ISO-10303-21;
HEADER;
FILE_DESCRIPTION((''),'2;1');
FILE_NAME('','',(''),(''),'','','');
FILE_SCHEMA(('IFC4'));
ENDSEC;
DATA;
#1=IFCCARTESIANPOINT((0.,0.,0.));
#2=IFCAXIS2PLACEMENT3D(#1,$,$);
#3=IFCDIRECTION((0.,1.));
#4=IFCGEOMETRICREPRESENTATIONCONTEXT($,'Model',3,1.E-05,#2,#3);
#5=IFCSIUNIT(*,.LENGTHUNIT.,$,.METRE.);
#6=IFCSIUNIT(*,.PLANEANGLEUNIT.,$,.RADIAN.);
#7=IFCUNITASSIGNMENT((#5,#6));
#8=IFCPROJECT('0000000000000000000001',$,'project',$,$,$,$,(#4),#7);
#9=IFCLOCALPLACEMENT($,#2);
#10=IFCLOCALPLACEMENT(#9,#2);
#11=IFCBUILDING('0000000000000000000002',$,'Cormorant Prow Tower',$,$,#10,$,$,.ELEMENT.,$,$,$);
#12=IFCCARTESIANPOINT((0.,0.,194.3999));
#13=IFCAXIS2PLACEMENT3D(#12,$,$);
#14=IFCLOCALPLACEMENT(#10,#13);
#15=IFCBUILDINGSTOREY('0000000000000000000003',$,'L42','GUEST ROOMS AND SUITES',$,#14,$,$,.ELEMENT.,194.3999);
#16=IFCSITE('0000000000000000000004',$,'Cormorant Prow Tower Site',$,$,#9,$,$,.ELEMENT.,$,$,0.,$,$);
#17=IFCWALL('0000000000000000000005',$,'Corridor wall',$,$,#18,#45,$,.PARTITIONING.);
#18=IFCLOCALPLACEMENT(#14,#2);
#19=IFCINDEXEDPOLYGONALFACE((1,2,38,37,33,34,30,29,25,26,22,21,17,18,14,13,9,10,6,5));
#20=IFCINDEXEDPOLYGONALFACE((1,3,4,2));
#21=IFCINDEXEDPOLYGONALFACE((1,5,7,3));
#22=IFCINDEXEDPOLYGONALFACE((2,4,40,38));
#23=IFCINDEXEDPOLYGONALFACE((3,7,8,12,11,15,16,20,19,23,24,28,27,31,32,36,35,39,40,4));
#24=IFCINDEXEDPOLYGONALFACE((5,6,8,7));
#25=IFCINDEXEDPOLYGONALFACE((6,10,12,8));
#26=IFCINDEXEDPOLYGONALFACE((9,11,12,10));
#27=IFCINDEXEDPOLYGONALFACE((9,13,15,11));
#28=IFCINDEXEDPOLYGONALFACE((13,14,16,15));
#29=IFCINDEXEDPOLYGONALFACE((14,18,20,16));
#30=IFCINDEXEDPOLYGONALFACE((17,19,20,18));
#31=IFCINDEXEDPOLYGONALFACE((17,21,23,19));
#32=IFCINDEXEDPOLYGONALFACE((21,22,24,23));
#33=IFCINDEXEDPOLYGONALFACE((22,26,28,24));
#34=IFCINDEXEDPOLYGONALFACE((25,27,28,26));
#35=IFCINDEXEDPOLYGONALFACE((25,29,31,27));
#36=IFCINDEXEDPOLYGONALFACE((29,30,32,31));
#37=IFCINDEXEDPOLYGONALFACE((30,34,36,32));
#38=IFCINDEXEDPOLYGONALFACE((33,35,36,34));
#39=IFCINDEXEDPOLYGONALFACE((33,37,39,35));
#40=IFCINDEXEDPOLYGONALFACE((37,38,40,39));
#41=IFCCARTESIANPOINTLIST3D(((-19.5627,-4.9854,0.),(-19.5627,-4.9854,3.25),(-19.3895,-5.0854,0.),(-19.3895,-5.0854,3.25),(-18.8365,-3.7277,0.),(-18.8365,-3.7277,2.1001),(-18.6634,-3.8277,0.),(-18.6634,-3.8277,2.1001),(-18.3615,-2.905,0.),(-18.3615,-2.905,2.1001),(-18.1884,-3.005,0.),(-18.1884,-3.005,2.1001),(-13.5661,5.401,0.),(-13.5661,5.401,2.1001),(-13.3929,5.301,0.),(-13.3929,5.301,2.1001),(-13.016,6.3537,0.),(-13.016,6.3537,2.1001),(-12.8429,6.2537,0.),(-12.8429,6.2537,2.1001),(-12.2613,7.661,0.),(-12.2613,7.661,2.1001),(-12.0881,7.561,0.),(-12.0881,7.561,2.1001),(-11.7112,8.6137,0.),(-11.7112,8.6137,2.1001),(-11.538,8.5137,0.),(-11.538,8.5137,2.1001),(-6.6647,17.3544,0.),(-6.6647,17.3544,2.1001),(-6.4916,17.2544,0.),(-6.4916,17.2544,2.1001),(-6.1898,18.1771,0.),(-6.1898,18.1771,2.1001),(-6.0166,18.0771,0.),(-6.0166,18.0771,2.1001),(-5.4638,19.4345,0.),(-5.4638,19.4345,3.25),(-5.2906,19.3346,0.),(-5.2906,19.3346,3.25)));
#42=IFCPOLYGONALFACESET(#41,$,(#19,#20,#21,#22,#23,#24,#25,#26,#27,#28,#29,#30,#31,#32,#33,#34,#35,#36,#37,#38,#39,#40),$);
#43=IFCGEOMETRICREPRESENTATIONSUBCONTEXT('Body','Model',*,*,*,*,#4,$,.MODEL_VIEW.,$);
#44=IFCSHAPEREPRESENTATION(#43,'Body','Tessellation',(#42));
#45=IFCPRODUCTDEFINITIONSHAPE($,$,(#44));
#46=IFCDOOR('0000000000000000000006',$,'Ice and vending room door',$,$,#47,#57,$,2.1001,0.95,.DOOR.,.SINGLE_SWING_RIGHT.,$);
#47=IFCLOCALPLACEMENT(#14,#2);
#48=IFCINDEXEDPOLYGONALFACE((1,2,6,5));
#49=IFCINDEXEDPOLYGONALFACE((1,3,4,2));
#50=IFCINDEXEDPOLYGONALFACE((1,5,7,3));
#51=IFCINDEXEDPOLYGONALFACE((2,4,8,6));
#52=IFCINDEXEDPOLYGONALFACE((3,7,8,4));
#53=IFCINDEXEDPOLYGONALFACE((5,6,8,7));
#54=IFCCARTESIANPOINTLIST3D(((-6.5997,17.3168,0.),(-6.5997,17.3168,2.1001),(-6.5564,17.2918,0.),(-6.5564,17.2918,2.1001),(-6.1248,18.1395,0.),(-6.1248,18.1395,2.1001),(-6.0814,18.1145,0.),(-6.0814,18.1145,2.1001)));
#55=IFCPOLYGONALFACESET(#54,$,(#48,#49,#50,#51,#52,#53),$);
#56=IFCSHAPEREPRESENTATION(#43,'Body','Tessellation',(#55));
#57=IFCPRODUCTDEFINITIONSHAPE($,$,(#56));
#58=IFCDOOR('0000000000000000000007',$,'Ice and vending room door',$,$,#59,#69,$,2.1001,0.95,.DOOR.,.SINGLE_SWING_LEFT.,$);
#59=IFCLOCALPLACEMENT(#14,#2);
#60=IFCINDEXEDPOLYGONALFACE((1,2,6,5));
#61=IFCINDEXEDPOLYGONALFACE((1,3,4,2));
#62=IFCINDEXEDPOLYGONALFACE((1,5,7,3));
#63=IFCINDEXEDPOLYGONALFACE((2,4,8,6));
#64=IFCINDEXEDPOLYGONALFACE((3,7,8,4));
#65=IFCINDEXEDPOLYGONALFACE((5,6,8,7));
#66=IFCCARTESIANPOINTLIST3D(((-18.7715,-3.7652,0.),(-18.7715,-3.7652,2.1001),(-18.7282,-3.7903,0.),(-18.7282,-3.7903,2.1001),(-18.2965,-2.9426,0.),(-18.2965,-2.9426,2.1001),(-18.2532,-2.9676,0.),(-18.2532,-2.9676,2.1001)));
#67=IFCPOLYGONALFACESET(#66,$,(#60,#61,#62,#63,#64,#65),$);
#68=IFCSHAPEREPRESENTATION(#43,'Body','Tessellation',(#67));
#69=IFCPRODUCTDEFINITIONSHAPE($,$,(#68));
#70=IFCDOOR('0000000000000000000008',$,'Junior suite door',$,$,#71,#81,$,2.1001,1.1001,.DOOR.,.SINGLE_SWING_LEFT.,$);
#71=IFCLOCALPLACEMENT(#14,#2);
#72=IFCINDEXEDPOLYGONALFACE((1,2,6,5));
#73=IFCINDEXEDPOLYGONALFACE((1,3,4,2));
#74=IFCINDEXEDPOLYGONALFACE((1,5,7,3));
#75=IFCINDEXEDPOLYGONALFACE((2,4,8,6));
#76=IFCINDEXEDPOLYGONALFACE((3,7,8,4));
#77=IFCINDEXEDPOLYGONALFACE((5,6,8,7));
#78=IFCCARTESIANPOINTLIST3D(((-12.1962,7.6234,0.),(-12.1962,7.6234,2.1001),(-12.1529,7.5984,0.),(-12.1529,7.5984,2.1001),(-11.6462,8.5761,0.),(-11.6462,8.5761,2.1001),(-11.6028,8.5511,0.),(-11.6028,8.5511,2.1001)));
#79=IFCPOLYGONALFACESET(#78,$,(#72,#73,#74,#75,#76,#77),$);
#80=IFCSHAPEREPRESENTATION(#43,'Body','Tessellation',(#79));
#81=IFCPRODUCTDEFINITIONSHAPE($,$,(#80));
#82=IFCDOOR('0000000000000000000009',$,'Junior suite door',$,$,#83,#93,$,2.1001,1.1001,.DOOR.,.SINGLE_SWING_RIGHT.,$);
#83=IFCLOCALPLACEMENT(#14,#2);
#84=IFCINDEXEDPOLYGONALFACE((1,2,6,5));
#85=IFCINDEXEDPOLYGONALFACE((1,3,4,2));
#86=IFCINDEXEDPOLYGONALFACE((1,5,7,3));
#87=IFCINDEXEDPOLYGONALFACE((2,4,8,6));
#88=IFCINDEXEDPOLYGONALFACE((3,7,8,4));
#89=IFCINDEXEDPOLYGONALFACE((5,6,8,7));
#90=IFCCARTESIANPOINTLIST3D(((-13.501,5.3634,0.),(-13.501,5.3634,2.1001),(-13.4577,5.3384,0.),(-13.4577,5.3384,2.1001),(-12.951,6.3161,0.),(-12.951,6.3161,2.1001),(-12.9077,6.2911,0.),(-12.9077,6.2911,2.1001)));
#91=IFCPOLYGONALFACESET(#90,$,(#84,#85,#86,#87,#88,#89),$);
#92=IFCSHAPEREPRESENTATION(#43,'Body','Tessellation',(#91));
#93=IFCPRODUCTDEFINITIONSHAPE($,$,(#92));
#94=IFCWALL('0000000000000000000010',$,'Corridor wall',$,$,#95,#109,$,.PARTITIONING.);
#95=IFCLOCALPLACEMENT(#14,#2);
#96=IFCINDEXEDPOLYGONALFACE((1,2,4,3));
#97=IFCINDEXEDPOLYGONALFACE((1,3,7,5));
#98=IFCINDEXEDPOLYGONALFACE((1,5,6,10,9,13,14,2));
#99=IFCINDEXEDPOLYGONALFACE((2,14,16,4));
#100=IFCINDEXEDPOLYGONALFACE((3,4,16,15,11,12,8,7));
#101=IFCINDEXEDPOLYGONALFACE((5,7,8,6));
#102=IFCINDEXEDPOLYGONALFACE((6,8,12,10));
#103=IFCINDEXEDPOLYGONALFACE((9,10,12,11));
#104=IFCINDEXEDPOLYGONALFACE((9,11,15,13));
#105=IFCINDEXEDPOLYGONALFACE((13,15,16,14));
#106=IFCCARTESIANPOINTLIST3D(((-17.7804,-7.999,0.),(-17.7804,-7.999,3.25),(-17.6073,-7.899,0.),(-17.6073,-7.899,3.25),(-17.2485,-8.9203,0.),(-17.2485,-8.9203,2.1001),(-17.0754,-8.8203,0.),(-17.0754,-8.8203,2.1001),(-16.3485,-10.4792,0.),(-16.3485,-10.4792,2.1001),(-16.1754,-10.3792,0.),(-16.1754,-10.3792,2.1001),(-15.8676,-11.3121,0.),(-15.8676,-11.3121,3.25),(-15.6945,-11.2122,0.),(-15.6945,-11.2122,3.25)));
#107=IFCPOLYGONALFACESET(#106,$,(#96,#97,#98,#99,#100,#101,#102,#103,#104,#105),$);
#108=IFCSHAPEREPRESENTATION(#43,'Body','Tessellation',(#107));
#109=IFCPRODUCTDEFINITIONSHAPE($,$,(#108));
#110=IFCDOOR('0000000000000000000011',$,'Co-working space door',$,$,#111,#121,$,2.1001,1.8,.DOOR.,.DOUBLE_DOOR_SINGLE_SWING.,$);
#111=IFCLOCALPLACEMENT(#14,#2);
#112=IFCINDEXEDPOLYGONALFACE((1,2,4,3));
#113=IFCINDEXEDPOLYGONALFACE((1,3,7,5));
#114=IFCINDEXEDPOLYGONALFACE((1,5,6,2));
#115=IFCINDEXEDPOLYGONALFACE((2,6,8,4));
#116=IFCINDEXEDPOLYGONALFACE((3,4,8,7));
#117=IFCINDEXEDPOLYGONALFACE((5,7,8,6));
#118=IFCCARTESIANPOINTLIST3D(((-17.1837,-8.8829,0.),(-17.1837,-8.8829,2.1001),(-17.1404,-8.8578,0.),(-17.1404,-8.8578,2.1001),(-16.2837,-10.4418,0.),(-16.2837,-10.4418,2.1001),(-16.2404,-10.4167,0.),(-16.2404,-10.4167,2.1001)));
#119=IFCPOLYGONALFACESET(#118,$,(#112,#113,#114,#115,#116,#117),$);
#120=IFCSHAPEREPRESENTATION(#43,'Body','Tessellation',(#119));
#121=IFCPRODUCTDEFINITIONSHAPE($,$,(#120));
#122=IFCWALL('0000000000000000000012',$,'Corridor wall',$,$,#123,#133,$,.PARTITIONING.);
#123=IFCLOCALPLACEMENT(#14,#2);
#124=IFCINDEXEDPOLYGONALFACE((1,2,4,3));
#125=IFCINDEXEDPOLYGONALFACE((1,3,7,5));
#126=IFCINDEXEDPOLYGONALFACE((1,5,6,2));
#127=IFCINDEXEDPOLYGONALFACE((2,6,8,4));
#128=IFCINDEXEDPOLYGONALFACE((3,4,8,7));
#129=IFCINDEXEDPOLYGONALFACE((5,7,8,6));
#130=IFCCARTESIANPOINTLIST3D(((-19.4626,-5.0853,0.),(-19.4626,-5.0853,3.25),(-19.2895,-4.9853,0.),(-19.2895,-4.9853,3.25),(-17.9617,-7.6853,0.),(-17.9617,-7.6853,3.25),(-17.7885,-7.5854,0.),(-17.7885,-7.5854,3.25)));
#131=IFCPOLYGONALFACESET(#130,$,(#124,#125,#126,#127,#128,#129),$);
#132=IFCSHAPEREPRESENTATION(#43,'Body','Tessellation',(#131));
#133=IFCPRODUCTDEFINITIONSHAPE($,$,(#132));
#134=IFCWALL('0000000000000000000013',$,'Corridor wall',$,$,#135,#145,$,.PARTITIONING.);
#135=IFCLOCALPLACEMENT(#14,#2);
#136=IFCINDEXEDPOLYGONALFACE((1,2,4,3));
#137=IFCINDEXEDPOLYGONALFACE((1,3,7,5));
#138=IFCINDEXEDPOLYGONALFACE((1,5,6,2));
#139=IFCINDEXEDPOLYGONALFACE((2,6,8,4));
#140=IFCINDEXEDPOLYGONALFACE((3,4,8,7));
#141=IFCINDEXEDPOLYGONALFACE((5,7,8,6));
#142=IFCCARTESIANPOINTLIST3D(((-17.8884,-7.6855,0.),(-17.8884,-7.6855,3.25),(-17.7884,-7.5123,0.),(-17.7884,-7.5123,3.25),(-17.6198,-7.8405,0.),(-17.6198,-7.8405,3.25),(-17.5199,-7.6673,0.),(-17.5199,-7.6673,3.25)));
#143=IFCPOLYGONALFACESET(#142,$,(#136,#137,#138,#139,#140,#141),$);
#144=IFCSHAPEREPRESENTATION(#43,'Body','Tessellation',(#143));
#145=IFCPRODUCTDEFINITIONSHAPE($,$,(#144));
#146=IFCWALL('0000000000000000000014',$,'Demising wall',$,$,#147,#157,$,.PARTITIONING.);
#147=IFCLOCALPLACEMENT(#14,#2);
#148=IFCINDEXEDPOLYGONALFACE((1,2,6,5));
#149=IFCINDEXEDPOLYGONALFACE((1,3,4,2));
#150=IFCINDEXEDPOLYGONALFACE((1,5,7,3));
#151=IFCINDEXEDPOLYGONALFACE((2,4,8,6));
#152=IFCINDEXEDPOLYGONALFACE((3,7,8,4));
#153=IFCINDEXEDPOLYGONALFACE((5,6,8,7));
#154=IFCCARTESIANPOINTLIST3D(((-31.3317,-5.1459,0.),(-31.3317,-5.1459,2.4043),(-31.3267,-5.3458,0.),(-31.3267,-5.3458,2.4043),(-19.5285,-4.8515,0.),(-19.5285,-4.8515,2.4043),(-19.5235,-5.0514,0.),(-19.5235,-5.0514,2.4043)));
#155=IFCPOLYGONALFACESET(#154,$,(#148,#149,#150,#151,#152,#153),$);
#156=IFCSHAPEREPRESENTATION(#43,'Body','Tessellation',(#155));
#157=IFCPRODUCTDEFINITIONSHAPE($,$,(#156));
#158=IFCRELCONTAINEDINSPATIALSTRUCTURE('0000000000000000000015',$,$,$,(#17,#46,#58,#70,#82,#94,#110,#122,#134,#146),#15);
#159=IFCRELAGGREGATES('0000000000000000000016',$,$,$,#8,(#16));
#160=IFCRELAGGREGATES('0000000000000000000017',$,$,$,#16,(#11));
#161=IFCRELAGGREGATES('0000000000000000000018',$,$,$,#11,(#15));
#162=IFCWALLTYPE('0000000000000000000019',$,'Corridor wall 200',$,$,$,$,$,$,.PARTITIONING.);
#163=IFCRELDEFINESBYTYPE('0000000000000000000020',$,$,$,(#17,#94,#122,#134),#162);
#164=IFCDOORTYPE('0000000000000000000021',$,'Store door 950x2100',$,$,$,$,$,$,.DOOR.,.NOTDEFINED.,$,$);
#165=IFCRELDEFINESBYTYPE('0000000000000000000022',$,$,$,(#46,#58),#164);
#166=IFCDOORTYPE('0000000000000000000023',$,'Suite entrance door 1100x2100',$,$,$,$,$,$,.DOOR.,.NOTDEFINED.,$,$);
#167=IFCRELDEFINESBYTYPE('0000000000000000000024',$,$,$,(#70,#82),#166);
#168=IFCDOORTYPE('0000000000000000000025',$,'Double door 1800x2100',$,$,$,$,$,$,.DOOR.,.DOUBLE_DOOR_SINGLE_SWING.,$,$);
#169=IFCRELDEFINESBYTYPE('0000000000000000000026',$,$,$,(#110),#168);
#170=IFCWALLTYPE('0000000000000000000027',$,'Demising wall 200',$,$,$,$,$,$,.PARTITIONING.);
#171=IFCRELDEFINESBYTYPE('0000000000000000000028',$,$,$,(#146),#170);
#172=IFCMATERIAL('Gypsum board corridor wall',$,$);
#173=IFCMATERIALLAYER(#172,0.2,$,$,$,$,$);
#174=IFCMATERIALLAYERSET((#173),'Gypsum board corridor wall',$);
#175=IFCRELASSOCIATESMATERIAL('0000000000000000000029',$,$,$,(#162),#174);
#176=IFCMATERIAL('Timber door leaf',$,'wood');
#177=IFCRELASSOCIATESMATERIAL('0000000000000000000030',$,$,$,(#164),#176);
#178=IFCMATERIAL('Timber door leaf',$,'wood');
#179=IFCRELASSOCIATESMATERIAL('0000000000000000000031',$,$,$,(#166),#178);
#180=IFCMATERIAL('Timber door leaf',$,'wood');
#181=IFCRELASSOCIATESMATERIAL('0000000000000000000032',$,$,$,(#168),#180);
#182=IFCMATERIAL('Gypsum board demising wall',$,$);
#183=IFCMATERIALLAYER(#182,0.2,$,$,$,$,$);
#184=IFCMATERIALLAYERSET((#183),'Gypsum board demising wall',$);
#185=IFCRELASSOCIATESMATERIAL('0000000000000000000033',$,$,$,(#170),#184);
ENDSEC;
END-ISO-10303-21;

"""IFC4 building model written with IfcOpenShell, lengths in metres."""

from ifc_helpers import new_model, si_unit, direction, frame, frame_2d, origin, place, context, subcontext, project, spatial, rectangle, extrude, material, layer, layer_set, type_object, element, fill, save


model = new_model("IFC4")

# Units and contexts
model_context = context("Model", 3, precision=1e-05, world=origin(), true_north=direction((0.0, 1.0)))
body_context = subcontext(model_context, "Body", "Model", "MODEL_VIEW")
ifc_project = project(units=[si_unit("LENGTHUNIT", "METRE"), si_unit("PLANEANGLEUNIT", "RADIAN")], contexts=[model_context])

# Site, building, storey
site_placement = place(None, origin())
site = spatial("IfcSite", under=ifc_project, at=site_placement, Name="Cormorant Prow Tower Site", CompositionType="ELEMENT", RefElevation=0.0)
building_placement = place(site_placement, origin())
building = spatial("IfcBuilding", under=site, at=building_placement, Name="Cormorant Prow Tower", CompositionType="ELEMENT")
storey_placement = place(building_placement, frame((0.0, 0.0, 194.3999)))
storey = spatial("IfcBuildingStorey", under=building, at=storey_placement, Name="L42", Description="GUEST ROOMS AND SUITES", CompositionType="ELEMENT", Elevation=194.3999)

# Wall, openings, doors
ifc_material_1 = material(Name="Gypsum board corridor wall")
ifc_layer_1 = layer(ifc_material_1, 0.2)
ifc_layer_set_1 = layer_set([ifc_layer_1], Name="Gypsum board corridor wall")
wall_type_1 = type_object("IfcWallType", Name="Corridor wall 200", PredefinedType="PARTITIONING", material=ifc_layer_set_1)
wall_1_placement = place(storey_placement, frame((-19.4761, -5.0354, 0.0), z_axis=(0.0, 0.0, 1.0), x_axis=(0.500001, 0.866025, 0.0)))
wall_1 = element("IfcWall", 1, at=wall_1_placement, inside=storey, type_object=wall_type_1, Name="Corridor wall", PredefinedType="PARTITIONING", context=body_context, shape_type="SweptSolid", body=[
    extrude(rectangle(XDim=28.1978, YDim=0.2, at=frame_2d((14.0989, 0.0))), origin(), (0.0, 0.0, 1.0), 3.25),
])
opening_1_placement = place(wall_1_placement, frame((25.7957, 0.0, 0.0)))
opening_1 = element("IfcOpeningElement", 2, at=opening_1_placement, cuts=wall_1, PredefinedType="OPENING", context=body_context, shape_type="SweptSolid", body=[
    extrude(rectangle(XDim=0.95, YDim=2.1001, at=frame_2d((0.4751, 1.05))), frame((0.0, 0.1099, 0.0), z_axis=(0.0, -1.0, 0.0), x_axis=(1.0, 0.0, 0.0)), (0.0, 0.0, 1.0), 0.22),
])
opening_2_placement = place(wall_1_placement, frame((14.6028, 0.0, 0.0)))
opening_2 = element("IfcOpeningElement", 3, at=opening_2_placement, cuts=wall_1, PredefinedType="OPENING", context=body_context, shape_type="SweptSolid", body=[
    extrude(rectangle(XDim=1.1001, YDim=2.1001, at=frame_2d((0.55, 1.05))), frame((0.0, 0.1099, 0.0), z_axis=(0.0, -1.0, 0.0), x_axis=(1.0, 0.0, 0.0)), (0.0, 0.0, 1.0), 0.22),
])
opening_3_placement = place(wall_1_placement, frame((11.9932, 0.0, 0.0)))
opening_3 = element("IfcOpeningElement", 4, at=opening_3_placement, cuts=wall_1, PredefinedType="OPENING", context=body_context, shape_type="SweptSolid", body=[
    extrude(rectangle(XDim=1.1001, YDim=2.1001, at=frame_2d((0.55, 1.05))), frame((0.0, 0.1099, 0.0), z_axis=(0.0, -1.0, 0.0), x_axis=(1.0, 0.0, 0.0)), (0.0, 0.0, 1.0), 0.22),
])
opening_4_placement = place(wall_1_placement, frame((1.4521, 0.0, 0.0)))
opening_4 = element("IfcOpeningElement", 5, at=opening_4_placement, cuts=wall_1, PredefinedType="OPENING", context=body_context, shape_type="SweptSolid", body=[
    extrude(rectangle(XDim=0.95, YDim=2.1001, at=frame_2d((0.4751, 1.05))), frame((0.0, 0.1099, 0.0), z_axis=(0.0, -1.0, 0.0), x_axis=(1.0, 0.0, 0.0)), (0.0, 0.0, 1.0), 0.22),
])
ifc_material_2 = material(Name="Timber door leaf", Category="wood")
door_type_1 = type_object("IfcDoorType", Name="Store door 950x2100", OperationType="NOTDEFINED", PredefinedType="DOOR", material=ifc_material_2)
door_1_placement = place(opening_1_placement, origin())
door_1 = element("IfcDoor", 6, at=door_1_placement, inside=storey, type_object=door_type_1, Name="Ice and vending room door", OperationType="SINGLE_SWING_RIGHT", OverallHeight=2.1001, OverallWidth=0.95, PredefinedType="DOOR", context=body_context, shape_type="SweptSolid", body=[
    extrude(rectangle(XDim=0.95, YDim=2.1001, at=frame_2d((0.4751, 1.05))), frame((0.0, 0.0249, 0.0), z_axis=(0.0, -1.0, 0.0), x_axis=(1.0, 0.0, 0.0)), (0.0, 0.0, 1.0), 0.05),
])
fill(opening_1, door_1)
door_2_placement = place(opening_4_placement, origin())
door_2 = element("IfcDoor", 7, at=door_2_placement, inside=storey, type_object=door_type_1, Name="Ice and vending room door", OperationType="SINGLE_SWING_LEFT", OverallHeight=2.1001, OverallWidth=0.95, PredefinedType="DOOR", context=body_context, shape_type="SweptSolid", body=[
    extrude(rectangle(XDim=0.95, YDim=2.1001, at=frame_2d((0.4751, 1.05))), frame((0.0, 0.0249, 0.0), z_axis=(0.0, -1.0, 0.0), x_axis=(1.0, 0.0, 0.0)), (0.0, 0.0, 1.0), 0.05),
])
fill(opening_4, door_2)
ifc_material_3 = material(Name="Timber door leaf", Category="wood")
door_type_2 = type_object("IfcDoorType", Name="Suite entrance door 1100x2100", OperationType="NOTDEFINED", PredefinedType="DOOR", material=ifc_material_3)
door_3_placement = place(opening_2_placement, origin())
door_3 = element("IfcDoor", 8, at=door_3_placement, inside=storey, type_object=door_type_2, Name="Junior suite door", OperationType="SINGLE_SWING_LEFT", OverallHeight=2.1001, OverallWidth=1.1001, PredefinedType="DOOR", context=body_context, shape_type="SweptSolid", body=[
    extrude(rectangle(XDim=1.1001, YDim=2.1001, at=frame_2d((0.55, 1.05))), frame((0.0, 0.0249, 0.0), z_axis=(0.0, -1.0, 0.0), x_axis=(1.0, 0.0, 0.0)), (0.0, 0.0, 1.0), 0.05),
])
fill(opening_2, door_3)
door_4_placement = place(opening_3_placement, origin())
door_4 = element("IfcDoor", 9, at=door_4_placement, inside=storey, type_object=door_type_2, Name="Junior suite door", OperationType="SINGLE_SWING_RIGHT", OverallHeight=2.1001, OverallWidth=1.1001, PredefinedType="DOOR", context=body_context, shape_type="SweptSolid", body=[
    extrude(rectangle(XDim=1.1001, YDim=2.1001, at=frame_2d((0.55, 1.05))), frame((0.0, 0.0249, 0.0), z_axis=(0.0, -1.0, 0.0), x_axis=(1.0, 0.0, 0.0)), (0.0, 0.0, 1.0), 0.05),
])
fill(opening_3, door_4)

# Wall, opening, door
wall_2_placement = place(storey_placement, frame((-17.6938, -7.949, 0.0), z_axis=(0.0, 0.0, 1.0), x_axis=(0.499989, -0.866031, 0.0)))
wall_2 = element("IfcWall", 10, at=wall_2_placement, inside=storey, type_object=wall_type_1, Name="Corridor wall", PredefinedType="PARTITIONING", context=body_context, shape_type="SweptSolid", body=[
    extrude(rectangle(XDim=3.8257, YDim=0.2, at=frame_2d((1.9128, 0.0))), origin(), (0.0, 0.0, 1.0), 3.25),
])
opening_5_placement = place(wall_2_placement, frame((1.064, 0.0, 0.0)))
opening_5 = element("IfcOpeningElement", 11, at=opening_5_placement, cuts=wall_2, PredefinedType="OPENING", context=body_context, shape_type="SweptSolid", body=[
    extrude(rectangle(XDim=1.8, YDim=2.1001, at=frame_2d((0.8999, 1.05))), frame((0.0, 0.1099, 0.0), z_axis=(0.0, -1.0, 0.0), x_axis=(1.0, 0.0, 0.0)), (0.0, 0.0, 1.0), 0.22),
])
ifc_material_4 = material(Name="Timber door leaf", Category="wood")
door_type_3 = type_object("IfcDoorType", Name="Double door 1800x2100", OperationType="DOUBLE_DOOR_SINGLE_SWING", PredefinedType="DOOR", material=ifc_material_4)
door_5_placement = place(opening_5_placement, origin())
door_5 = element("IfcDoor", 12, at=door_5_placement, inside=storey, type_object=door_type_3, Name="Co-working space door", OperationType="DOUBLE_DOOR_SINGLE_SWING", OverallHeight=2.1001, OverallWidth=1.8, PredefinedType="DOOR", context=body_context, shape_type="SweptSolid", body=[
    extrude(rectangle(XDim=1.8, YDim=2.1001, at=frame_2d((0.8999, 1.05))), frame((0.0, 0.0249, 0.0), z_axis=(0.0, -1.0, 0.0), x_axis=(1.0, 0.0, 0.0)), (0.0, 0.0, 1.0), 0.05),
])
fill(opening_5, door_5)

# Walls
wall_3_placement = place(storey_placement, frame((-19.376, -5.0354, 0.0), z_axis=(0.0, 0.0, 1.0), x_axis=(0.499952, -0.866053, 0.0)))
element("IfcWall", 13, at=wall_3_placement, inside=storey, type_object=wall_type_1, Name="Corridor wall", PredefinedType="PARTITIONING", context=body_context, shape_type="SweptSolid", body=[
    extrude(rectangle(XDim=3.0022, YDim=0.2, at=frame_2d((1.501, 0.0))), origin(), (0.0, 0.0, 1.0), 3.25),
])
wall_4_placement = place(storey_placement, frame((-17.8384, -7.5989, 0.0), z_axis=(0.0, 0.0, 1.0), x_axis=(0.866054, -0.49995, 0.0)))
element("IfcWall", 14, at=wall_4_placement, inside=storey, type_object=wall_type_1, Name="Corridor wall", PredefinedType="PARTITIONING", context=body_context, shape_type="SweptSolid", body=[
    extrude(rectangle(XDim=0.3101, YDim=0.2, at=frame_2d((0.155, 0.0))), origin(), (0.0, 0.0, 1.0), 3.25),
])
ifc_material_5 = material(Name="Gypsum board demising wall")
ifc_layer_2 = layer(ifc_material_5, 0.2)
ifc_layer_set_2 = layer_set([ifc_layer_2], Name="Gypsum board demising wall")
wall_type_2 = type_object("IfcWallType", Name="Demising wall 200", PredefinedType="PARTITIONING", material=ifc_layer_set_2)
wall_5_placement = place(storey_placement, frame((-31.3291, -5.2458, 0.0), z_axis=(0.0, 0.0, 1.0), x_axis=(0.999689, 0.024937, 0.0)))
element("IfcWall", 15, at=wall_5_placement, inside=storey, type_object=wall_type_2, Name="Demising wall", PredefinedType="PARTITIONING", context=body_context, shape_type="SweptSolid", body=[
    extrude(rectangle(XDim=11.8069, YDim=0.2, at=frame_2d((5.9033, 0.0))), origin(), (0.0, 0.0, 1.0), 2.4043),
])

save(model, "model.ifc")
